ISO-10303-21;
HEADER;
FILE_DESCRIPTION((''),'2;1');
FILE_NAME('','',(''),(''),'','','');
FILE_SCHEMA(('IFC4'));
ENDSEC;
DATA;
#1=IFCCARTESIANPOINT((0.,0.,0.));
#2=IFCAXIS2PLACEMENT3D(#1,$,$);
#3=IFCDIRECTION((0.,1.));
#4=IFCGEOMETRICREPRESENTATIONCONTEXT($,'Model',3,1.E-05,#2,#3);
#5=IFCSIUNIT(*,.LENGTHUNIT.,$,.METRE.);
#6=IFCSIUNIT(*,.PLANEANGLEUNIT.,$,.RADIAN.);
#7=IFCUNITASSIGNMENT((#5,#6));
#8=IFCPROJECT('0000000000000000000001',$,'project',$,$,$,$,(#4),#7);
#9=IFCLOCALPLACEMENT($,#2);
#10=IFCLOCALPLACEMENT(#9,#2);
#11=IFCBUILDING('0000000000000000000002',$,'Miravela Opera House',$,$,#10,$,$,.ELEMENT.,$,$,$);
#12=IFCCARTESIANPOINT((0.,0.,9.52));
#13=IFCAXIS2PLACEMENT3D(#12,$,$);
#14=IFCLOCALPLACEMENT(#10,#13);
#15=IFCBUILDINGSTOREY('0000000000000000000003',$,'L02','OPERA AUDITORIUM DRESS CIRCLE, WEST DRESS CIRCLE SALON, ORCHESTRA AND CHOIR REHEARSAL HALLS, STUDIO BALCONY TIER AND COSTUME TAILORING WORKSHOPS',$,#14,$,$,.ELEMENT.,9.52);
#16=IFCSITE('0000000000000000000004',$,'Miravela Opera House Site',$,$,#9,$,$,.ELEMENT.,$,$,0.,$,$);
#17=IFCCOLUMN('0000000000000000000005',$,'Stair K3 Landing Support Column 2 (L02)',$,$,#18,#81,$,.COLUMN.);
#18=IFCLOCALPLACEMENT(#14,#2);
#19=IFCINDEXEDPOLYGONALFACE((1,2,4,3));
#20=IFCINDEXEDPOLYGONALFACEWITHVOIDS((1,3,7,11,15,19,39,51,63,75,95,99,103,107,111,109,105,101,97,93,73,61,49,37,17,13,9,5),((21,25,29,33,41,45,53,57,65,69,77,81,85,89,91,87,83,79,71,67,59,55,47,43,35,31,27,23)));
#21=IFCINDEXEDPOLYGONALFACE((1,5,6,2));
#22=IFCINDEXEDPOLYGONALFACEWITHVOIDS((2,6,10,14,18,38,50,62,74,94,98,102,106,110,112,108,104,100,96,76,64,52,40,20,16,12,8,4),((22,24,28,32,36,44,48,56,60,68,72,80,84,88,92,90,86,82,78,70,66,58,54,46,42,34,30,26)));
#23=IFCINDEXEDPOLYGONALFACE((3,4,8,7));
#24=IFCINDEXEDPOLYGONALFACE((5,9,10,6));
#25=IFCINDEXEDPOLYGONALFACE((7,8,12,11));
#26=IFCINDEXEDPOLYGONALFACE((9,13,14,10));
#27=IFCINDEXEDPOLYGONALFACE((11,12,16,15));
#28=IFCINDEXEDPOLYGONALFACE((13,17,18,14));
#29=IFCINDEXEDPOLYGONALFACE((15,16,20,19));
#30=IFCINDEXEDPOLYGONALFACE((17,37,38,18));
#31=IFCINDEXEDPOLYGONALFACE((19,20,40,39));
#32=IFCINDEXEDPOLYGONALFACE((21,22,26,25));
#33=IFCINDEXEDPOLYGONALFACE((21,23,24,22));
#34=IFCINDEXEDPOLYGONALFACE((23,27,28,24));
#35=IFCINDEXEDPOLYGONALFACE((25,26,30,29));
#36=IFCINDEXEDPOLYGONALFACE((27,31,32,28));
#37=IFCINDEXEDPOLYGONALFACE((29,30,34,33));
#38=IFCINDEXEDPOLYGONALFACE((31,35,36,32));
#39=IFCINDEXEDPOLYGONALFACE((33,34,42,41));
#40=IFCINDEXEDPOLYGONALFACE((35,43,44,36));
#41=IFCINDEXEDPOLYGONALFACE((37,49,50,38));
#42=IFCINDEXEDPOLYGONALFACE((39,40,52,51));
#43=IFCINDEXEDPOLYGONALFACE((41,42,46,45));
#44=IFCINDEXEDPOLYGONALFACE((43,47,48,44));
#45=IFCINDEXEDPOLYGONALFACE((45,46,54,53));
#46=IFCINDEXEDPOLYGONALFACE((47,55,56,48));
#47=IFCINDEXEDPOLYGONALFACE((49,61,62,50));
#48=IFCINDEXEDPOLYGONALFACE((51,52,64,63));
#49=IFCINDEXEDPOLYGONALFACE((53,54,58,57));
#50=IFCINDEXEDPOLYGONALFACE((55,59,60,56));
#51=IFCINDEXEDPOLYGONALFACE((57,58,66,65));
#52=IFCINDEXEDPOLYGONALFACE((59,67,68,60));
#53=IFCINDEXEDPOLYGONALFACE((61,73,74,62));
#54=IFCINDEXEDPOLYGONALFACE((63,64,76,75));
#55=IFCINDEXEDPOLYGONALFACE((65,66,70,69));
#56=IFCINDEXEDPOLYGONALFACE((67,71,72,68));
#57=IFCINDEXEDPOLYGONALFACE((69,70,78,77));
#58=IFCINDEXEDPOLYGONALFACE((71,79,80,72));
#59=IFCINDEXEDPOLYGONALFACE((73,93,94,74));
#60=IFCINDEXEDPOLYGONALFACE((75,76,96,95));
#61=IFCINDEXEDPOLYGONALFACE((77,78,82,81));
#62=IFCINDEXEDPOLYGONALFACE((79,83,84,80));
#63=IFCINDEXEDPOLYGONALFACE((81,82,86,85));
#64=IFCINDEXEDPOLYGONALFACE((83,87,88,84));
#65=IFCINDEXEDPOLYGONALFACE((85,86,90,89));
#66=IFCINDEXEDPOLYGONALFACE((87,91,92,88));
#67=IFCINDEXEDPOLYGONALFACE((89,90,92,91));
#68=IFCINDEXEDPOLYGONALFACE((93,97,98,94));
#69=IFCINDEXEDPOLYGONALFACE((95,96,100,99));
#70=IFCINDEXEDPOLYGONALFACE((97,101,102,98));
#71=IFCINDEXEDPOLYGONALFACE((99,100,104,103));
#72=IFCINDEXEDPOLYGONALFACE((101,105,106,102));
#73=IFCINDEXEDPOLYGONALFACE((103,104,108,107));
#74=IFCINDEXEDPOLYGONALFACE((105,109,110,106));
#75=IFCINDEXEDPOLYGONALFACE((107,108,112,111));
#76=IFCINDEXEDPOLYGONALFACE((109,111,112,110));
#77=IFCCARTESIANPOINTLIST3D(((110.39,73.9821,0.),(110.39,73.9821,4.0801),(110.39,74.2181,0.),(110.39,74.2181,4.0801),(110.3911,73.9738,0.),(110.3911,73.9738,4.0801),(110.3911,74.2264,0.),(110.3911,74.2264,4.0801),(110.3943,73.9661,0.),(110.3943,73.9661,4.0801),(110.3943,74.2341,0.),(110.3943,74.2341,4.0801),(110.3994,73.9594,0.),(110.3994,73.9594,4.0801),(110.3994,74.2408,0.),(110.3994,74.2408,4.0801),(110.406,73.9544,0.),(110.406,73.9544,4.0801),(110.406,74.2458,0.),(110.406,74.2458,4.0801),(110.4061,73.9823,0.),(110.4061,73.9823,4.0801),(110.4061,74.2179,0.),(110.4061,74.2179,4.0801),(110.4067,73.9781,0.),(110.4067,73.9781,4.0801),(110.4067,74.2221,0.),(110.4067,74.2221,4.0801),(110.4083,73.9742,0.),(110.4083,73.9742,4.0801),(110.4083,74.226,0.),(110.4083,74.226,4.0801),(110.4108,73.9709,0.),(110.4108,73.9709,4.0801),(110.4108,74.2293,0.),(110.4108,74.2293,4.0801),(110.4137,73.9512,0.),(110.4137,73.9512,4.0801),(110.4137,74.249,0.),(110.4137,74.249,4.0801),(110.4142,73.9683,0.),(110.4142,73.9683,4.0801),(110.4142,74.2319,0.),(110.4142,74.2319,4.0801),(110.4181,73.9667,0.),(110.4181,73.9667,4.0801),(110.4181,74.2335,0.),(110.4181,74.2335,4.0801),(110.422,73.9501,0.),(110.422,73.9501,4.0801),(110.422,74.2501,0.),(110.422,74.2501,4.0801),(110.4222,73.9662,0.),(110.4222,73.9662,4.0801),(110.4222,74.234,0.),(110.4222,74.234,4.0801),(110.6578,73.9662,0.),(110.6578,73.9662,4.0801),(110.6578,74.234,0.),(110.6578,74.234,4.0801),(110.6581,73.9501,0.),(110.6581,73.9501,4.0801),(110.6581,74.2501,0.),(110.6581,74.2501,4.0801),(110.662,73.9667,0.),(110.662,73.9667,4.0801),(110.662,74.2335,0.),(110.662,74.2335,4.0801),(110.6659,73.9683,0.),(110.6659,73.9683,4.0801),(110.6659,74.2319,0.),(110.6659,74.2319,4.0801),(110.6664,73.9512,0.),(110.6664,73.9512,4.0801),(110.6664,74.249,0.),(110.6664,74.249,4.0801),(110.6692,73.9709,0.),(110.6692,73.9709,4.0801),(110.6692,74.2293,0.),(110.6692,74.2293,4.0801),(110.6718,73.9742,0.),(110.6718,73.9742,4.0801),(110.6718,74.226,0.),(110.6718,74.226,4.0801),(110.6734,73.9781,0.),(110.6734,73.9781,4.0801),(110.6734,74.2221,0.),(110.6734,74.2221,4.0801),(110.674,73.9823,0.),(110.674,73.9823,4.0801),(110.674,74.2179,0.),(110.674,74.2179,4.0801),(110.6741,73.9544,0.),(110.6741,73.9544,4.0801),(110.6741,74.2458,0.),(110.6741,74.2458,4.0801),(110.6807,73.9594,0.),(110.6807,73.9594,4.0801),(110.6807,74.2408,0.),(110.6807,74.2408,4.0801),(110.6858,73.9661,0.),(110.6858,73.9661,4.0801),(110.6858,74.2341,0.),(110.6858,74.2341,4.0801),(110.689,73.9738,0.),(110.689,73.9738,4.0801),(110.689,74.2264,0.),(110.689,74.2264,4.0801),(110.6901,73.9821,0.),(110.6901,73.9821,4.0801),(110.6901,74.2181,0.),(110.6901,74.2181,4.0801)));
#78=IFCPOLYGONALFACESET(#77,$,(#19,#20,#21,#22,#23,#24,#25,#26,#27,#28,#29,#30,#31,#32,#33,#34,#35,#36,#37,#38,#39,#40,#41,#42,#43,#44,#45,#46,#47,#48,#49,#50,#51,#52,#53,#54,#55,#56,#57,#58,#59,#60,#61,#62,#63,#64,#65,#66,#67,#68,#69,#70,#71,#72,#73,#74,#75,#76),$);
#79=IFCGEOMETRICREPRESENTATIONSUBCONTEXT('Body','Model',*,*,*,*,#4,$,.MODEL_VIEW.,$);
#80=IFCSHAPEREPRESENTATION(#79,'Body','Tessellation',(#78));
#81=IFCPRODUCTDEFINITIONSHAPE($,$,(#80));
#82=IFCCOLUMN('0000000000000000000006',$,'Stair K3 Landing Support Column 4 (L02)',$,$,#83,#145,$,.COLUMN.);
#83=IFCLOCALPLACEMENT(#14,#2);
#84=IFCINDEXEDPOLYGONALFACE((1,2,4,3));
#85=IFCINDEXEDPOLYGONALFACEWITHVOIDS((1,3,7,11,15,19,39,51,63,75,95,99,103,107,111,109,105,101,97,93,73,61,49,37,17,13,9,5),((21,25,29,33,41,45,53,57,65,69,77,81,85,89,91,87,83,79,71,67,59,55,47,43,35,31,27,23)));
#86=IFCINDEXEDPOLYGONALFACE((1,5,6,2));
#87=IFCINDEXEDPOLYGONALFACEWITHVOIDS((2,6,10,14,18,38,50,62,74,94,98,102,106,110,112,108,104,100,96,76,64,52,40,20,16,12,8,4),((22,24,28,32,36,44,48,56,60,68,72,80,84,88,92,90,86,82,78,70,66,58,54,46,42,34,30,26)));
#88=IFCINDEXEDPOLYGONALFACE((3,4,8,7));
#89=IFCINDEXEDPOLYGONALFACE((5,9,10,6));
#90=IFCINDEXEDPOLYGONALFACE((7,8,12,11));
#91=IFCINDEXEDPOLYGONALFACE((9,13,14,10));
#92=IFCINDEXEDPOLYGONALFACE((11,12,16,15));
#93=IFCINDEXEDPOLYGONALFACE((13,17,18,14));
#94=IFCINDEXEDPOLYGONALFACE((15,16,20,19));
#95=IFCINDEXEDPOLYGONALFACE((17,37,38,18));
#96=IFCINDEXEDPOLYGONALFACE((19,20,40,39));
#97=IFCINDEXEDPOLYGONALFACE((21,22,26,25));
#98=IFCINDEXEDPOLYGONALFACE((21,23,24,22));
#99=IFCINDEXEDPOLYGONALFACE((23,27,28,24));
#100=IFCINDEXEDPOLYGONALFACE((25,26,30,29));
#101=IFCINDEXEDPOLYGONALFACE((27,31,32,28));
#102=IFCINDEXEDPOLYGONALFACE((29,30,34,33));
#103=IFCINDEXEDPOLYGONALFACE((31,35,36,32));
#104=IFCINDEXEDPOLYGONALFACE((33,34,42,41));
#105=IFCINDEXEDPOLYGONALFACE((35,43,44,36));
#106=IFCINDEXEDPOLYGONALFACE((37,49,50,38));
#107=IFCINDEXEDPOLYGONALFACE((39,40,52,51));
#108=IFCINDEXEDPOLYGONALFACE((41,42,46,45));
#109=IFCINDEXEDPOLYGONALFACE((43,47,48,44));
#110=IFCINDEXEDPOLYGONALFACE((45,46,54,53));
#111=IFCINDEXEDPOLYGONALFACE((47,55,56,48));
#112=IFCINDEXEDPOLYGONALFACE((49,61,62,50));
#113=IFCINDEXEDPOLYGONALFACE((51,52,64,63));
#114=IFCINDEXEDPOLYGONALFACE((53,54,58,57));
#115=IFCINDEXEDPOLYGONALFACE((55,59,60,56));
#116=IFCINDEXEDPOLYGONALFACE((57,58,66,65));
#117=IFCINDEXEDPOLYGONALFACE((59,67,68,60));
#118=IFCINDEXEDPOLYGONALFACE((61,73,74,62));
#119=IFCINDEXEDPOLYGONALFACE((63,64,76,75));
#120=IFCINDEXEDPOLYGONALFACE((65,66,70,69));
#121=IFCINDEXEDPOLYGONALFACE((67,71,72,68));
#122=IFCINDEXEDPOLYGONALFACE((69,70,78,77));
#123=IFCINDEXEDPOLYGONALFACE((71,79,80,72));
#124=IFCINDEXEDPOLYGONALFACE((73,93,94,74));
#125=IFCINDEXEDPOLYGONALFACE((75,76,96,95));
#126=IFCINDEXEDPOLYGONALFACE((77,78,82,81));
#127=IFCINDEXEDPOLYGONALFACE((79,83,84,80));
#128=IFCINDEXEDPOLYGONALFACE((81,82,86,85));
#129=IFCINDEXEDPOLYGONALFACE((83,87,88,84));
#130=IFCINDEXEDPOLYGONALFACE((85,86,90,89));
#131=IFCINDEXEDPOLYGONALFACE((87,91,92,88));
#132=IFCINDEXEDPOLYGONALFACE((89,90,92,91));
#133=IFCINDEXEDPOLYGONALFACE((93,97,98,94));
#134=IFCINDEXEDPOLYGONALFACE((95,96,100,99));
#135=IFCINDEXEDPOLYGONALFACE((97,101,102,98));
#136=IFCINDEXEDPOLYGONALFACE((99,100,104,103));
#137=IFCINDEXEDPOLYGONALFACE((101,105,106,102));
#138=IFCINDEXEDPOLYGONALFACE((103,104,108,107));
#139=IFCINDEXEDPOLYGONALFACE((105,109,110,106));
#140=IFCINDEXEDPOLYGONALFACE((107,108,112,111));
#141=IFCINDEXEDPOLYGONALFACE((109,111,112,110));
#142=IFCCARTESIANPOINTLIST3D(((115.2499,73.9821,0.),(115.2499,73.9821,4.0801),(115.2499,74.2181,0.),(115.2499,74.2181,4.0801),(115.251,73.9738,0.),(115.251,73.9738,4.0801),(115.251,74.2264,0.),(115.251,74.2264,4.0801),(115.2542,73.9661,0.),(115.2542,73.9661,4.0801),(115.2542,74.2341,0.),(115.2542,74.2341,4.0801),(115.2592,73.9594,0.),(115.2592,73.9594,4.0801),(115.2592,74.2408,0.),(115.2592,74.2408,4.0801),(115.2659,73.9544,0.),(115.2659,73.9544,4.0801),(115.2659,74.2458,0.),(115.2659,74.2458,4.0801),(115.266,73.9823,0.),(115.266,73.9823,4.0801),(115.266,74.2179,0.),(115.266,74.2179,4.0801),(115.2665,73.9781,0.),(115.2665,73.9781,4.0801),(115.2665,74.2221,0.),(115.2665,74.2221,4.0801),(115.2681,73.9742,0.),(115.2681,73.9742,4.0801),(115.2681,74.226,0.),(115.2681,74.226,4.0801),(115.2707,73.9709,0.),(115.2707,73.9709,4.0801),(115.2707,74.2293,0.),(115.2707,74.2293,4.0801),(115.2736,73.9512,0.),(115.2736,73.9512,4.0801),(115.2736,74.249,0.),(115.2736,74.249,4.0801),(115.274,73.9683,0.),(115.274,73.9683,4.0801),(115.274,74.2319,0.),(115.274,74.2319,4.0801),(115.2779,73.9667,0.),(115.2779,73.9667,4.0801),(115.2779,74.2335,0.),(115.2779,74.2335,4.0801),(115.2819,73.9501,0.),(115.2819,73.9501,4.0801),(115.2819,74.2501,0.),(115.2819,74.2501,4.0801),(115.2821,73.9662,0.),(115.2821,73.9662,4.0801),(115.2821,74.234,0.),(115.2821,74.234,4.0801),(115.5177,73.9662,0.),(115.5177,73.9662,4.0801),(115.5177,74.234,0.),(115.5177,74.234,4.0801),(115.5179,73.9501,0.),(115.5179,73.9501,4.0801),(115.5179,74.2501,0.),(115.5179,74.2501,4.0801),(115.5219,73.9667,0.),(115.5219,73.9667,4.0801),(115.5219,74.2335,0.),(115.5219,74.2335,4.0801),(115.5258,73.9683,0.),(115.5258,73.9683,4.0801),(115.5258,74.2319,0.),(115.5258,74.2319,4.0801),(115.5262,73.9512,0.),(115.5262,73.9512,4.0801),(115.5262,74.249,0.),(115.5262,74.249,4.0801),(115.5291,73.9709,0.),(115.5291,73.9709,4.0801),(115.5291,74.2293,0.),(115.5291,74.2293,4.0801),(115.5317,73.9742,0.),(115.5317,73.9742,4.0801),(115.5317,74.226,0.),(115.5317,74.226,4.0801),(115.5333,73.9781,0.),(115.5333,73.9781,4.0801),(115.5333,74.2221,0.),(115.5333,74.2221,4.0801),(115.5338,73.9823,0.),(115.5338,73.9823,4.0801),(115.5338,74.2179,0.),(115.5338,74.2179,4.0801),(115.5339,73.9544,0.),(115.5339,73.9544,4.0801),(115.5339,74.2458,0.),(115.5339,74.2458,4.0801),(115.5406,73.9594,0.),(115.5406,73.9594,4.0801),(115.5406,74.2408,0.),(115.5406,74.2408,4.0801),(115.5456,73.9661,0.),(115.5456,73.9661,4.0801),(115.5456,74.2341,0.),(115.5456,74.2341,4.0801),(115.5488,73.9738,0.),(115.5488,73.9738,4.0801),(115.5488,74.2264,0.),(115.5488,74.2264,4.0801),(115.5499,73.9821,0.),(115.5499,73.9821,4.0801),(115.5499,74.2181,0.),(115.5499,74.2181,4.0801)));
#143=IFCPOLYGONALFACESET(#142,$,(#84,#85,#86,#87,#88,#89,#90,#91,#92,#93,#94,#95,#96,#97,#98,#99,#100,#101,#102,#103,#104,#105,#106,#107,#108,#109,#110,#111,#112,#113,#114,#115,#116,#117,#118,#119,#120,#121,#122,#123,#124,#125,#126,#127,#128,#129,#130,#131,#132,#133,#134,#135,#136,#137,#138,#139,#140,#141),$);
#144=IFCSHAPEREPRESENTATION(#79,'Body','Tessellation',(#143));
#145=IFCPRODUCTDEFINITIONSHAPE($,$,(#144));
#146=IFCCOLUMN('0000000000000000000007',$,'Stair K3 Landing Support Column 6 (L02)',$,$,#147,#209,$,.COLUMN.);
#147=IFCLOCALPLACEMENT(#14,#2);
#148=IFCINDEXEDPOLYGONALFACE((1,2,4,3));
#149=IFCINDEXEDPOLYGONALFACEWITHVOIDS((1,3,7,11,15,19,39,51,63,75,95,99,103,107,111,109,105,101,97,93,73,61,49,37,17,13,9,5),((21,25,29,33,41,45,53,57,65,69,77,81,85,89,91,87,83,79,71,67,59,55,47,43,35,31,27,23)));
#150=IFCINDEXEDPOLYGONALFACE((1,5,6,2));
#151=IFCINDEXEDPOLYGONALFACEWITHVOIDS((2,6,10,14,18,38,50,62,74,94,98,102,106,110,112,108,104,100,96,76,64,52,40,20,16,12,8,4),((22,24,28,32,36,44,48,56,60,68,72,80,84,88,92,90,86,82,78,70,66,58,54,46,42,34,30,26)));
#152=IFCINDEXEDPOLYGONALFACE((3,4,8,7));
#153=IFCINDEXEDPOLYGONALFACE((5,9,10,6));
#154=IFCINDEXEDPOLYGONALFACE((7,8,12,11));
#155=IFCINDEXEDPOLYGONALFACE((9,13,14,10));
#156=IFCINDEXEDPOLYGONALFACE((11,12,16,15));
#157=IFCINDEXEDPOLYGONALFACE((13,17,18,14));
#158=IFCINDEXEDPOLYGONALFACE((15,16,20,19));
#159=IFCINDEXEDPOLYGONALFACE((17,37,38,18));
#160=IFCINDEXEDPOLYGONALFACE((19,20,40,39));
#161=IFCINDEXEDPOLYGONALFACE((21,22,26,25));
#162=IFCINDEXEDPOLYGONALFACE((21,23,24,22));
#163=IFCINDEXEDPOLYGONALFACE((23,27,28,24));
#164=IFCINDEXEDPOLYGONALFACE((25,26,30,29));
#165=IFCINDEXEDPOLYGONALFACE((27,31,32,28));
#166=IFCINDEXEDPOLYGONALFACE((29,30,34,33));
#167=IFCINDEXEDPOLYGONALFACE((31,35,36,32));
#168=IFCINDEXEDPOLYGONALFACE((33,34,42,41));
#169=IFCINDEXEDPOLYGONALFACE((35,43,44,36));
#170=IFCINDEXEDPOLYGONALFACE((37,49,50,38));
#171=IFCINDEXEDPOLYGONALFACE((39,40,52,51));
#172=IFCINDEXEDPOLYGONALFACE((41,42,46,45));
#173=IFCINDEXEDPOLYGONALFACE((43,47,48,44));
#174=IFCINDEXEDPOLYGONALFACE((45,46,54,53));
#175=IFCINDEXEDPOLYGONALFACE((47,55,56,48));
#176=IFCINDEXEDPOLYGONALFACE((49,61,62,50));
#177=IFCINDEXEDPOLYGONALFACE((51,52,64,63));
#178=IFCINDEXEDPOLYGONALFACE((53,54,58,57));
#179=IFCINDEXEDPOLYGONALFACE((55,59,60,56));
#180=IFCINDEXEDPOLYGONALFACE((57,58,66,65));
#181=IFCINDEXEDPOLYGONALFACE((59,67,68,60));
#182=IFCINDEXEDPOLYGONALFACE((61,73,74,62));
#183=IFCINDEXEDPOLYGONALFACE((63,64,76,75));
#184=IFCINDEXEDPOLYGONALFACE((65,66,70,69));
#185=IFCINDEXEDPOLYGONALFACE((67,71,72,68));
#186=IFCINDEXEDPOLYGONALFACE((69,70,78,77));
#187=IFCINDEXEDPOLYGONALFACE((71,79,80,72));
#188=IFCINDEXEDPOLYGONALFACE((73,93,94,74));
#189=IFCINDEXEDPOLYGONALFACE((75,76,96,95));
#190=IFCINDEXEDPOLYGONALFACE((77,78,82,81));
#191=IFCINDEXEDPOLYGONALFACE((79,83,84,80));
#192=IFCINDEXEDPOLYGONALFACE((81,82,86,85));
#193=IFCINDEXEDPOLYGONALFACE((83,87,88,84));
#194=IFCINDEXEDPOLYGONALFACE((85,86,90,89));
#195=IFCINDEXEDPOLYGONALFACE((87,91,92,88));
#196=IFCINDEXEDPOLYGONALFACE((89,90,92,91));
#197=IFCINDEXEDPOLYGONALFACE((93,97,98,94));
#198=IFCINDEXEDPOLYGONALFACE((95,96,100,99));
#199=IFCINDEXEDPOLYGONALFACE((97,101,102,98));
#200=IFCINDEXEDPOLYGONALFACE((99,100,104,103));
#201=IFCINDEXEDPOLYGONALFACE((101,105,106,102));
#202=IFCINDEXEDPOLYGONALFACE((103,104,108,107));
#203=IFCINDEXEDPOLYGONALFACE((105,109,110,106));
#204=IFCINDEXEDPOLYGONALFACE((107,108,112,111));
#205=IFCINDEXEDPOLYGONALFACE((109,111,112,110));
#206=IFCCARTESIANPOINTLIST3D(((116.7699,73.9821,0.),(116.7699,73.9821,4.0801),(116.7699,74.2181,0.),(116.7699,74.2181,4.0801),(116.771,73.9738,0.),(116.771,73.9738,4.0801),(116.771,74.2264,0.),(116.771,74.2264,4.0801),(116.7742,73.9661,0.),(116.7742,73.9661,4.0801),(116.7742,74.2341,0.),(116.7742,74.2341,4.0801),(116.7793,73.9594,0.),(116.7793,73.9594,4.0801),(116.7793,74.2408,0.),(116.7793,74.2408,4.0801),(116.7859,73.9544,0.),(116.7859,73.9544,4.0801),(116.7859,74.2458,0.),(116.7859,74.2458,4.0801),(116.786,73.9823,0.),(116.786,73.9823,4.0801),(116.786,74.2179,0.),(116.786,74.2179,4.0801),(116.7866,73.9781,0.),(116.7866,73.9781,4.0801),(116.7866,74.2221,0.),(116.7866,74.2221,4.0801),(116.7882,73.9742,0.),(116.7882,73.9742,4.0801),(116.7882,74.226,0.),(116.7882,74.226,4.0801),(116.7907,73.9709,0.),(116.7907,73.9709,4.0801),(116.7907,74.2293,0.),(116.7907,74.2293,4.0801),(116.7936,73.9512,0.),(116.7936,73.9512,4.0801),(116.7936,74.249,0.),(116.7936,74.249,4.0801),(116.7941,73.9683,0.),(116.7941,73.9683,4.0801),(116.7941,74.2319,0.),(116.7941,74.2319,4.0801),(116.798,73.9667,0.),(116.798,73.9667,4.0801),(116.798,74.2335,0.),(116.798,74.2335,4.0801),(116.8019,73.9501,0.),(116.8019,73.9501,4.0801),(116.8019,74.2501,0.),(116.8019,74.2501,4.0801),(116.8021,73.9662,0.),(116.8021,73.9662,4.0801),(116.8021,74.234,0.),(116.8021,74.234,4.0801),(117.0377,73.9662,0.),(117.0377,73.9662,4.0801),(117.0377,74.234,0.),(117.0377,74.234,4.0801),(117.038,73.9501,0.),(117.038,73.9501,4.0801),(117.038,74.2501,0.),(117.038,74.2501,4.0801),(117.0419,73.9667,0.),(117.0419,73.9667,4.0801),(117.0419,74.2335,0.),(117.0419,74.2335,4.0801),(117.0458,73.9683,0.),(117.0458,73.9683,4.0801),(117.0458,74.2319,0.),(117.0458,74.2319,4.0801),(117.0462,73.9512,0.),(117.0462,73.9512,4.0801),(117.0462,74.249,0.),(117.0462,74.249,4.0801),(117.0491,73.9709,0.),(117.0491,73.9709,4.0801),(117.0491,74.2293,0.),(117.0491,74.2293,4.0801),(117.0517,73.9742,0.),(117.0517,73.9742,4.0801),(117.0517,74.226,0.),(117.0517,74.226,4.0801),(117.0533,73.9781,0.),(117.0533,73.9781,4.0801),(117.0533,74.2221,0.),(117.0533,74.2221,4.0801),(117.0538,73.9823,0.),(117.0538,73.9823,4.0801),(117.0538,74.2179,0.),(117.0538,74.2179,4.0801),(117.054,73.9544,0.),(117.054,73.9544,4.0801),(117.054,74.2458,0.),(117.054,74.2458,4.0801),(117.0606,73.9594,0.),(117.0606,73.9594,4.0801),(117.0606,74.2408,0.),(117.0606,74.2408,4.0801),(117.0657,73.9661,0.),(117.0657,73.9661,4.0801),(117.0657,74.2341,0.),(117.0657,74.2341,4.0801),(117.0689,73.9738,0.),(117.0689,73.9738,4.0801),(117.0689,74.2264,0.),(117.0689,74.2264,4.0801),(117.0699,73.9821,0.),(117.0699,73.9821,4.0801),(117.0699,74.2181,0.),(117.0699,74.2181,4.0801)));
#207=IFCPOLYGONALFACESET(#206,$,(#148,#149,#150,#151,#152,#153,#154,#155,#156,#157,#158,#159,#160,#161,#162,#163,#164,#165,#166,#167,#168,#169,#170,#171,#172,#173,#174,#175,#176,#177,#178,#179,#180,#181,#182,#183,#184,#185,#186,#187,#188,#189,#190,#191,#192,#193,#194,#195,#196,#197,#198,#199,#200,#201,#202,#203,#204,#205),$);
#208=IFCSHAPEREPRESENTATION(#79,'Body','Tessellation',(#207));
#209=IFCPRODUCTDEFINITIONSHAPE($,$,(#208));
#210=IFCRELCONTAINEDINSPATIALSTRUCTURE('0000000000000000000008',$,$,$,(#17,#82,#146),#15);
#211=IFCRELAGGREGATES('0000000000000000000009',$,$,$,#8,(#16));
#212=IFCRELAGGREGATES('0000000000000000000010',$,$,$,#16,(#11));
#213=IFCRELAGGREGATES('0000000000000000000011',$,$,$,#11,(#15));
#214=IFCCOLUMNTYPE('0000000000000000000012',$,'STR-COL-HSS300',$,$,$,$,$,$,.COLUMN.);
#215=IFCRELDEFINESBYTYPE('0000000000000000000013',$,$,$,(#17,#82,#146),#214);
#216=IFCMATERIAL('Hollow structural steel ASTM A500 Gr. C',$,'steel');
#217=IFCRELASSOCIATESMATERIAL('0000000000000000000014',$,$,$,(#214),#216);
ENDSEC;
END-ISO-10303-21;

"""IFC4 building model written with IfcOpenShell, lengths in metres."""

from ifc_helpers import new_model, si_unit, direction, frame, origin, origin_2d, place, context, subcontext, project, spatial, hollow_rectangle, extrude, material, material_profile, profile_set, type_object, element, save


model = new_model("IFC4")

# Units and contexts
model_context = context("Model", 3, precision=1e-05, world=origin(), true_north=direction((0.0, 1.0)))
body_context = subcontext(model_context, "Body", "Model", "MODEL_VIEW")
ifc_project = project(units=[si_unit("LENGTHUNIT", "METRE"), si_unit("PLANEANGLEUNIT", "RADIAN")], contexts=[model_context])

# Site, building, storey
site_placement = place(None, origin())
site = spatial("IfcSite", under=ifc_project, at=site_placement, Name="Miravela Opera House Site", CompositionType="ELEMENT", RefElevation=0.0)
building_placement = place(site_placement, origin())
building = spatial("IfcBuilding", under=site, at=building_placement, Name="Miravela Opera House", CompositionType="ELEMENT")
storey_placement = place(building_placement, frame((0.0, 0.0, 9.52)))
storey = spatial("IfcBuildingStorey", under=building, at=storey_placement, Name="L02", Description="OPERA AUDITORIUM DRESS CIRCLE, WEST DRESS CIRCLE SALON, ORCHESTRA AND CHOIR REHEARSAL HALLS, STUDIO BALCONY TIER AND COSTUME TAILORING WORKSHOPS", CompositionType="ELEMENT", Elevation=9.52)

# Columns
ifc_material_1 = material(Name="Hollow structural steel ASTM A500 Gr. C", Category="steel")
ifc_material_profile_1 = material_profile(ifc_material_1, hollow_rectangle(XDim=0.3, YDim=0.3, WallThickness=0.0161, InnerFilletRadius=0.0161, OuterFilletRadius=0.032, at=origin_2d()), Name="HSS300X300X16")
ifc_profile_set_1 = profile_set([ifc_material_profile_1])
column_type_1 = type_object("IfcColumnType", Name="STR-COL-HSS300", PredefinedType="COLUMN", material=ifc_profile_set_1)
for number, where, z_axis, x_axis, name in (
    (1, (110.54, 74.1001, 0.0), (0.0, 0.0, 1.0), (1.0, 0.0, 0.0), "Stair K3 Landing Support Column 2 (L02)"),
    (2, (115.3999, 74.1001, 0.0), (0.0, 0.0, 1.0), (1.0, 0.0, 0.0), "Stair K3 Landing Support Column 4 (L02)"),
    (3, (116.9199, 74.1001, 0.0), (0.0, 0.0, 1.0), (1.0, 0.0, 0.0), "Stair K3 Landing Support Column 6 (L02)"),
):
    element("IfcColumn", number, at=place(storey_placement, frame(where, z_axis=z_axis, x_axis=x_axis)), inside=storey, type_object=column_type_1, Name=name, PredefinedType="COLUMN", context=body_context, shape_type="SweptSolid", body=[
        extrude(hollow_rectangle(XDim=0.3, YDim=0.3, WallThickness=0.0161, InnerFilletRadius=0.0161, OuterFilletRadius=0.032, at=origin_2d()), origin(), (0.0, 0.0, 1.0), 4.0801),
    ])

save(model, "model.ifc")
